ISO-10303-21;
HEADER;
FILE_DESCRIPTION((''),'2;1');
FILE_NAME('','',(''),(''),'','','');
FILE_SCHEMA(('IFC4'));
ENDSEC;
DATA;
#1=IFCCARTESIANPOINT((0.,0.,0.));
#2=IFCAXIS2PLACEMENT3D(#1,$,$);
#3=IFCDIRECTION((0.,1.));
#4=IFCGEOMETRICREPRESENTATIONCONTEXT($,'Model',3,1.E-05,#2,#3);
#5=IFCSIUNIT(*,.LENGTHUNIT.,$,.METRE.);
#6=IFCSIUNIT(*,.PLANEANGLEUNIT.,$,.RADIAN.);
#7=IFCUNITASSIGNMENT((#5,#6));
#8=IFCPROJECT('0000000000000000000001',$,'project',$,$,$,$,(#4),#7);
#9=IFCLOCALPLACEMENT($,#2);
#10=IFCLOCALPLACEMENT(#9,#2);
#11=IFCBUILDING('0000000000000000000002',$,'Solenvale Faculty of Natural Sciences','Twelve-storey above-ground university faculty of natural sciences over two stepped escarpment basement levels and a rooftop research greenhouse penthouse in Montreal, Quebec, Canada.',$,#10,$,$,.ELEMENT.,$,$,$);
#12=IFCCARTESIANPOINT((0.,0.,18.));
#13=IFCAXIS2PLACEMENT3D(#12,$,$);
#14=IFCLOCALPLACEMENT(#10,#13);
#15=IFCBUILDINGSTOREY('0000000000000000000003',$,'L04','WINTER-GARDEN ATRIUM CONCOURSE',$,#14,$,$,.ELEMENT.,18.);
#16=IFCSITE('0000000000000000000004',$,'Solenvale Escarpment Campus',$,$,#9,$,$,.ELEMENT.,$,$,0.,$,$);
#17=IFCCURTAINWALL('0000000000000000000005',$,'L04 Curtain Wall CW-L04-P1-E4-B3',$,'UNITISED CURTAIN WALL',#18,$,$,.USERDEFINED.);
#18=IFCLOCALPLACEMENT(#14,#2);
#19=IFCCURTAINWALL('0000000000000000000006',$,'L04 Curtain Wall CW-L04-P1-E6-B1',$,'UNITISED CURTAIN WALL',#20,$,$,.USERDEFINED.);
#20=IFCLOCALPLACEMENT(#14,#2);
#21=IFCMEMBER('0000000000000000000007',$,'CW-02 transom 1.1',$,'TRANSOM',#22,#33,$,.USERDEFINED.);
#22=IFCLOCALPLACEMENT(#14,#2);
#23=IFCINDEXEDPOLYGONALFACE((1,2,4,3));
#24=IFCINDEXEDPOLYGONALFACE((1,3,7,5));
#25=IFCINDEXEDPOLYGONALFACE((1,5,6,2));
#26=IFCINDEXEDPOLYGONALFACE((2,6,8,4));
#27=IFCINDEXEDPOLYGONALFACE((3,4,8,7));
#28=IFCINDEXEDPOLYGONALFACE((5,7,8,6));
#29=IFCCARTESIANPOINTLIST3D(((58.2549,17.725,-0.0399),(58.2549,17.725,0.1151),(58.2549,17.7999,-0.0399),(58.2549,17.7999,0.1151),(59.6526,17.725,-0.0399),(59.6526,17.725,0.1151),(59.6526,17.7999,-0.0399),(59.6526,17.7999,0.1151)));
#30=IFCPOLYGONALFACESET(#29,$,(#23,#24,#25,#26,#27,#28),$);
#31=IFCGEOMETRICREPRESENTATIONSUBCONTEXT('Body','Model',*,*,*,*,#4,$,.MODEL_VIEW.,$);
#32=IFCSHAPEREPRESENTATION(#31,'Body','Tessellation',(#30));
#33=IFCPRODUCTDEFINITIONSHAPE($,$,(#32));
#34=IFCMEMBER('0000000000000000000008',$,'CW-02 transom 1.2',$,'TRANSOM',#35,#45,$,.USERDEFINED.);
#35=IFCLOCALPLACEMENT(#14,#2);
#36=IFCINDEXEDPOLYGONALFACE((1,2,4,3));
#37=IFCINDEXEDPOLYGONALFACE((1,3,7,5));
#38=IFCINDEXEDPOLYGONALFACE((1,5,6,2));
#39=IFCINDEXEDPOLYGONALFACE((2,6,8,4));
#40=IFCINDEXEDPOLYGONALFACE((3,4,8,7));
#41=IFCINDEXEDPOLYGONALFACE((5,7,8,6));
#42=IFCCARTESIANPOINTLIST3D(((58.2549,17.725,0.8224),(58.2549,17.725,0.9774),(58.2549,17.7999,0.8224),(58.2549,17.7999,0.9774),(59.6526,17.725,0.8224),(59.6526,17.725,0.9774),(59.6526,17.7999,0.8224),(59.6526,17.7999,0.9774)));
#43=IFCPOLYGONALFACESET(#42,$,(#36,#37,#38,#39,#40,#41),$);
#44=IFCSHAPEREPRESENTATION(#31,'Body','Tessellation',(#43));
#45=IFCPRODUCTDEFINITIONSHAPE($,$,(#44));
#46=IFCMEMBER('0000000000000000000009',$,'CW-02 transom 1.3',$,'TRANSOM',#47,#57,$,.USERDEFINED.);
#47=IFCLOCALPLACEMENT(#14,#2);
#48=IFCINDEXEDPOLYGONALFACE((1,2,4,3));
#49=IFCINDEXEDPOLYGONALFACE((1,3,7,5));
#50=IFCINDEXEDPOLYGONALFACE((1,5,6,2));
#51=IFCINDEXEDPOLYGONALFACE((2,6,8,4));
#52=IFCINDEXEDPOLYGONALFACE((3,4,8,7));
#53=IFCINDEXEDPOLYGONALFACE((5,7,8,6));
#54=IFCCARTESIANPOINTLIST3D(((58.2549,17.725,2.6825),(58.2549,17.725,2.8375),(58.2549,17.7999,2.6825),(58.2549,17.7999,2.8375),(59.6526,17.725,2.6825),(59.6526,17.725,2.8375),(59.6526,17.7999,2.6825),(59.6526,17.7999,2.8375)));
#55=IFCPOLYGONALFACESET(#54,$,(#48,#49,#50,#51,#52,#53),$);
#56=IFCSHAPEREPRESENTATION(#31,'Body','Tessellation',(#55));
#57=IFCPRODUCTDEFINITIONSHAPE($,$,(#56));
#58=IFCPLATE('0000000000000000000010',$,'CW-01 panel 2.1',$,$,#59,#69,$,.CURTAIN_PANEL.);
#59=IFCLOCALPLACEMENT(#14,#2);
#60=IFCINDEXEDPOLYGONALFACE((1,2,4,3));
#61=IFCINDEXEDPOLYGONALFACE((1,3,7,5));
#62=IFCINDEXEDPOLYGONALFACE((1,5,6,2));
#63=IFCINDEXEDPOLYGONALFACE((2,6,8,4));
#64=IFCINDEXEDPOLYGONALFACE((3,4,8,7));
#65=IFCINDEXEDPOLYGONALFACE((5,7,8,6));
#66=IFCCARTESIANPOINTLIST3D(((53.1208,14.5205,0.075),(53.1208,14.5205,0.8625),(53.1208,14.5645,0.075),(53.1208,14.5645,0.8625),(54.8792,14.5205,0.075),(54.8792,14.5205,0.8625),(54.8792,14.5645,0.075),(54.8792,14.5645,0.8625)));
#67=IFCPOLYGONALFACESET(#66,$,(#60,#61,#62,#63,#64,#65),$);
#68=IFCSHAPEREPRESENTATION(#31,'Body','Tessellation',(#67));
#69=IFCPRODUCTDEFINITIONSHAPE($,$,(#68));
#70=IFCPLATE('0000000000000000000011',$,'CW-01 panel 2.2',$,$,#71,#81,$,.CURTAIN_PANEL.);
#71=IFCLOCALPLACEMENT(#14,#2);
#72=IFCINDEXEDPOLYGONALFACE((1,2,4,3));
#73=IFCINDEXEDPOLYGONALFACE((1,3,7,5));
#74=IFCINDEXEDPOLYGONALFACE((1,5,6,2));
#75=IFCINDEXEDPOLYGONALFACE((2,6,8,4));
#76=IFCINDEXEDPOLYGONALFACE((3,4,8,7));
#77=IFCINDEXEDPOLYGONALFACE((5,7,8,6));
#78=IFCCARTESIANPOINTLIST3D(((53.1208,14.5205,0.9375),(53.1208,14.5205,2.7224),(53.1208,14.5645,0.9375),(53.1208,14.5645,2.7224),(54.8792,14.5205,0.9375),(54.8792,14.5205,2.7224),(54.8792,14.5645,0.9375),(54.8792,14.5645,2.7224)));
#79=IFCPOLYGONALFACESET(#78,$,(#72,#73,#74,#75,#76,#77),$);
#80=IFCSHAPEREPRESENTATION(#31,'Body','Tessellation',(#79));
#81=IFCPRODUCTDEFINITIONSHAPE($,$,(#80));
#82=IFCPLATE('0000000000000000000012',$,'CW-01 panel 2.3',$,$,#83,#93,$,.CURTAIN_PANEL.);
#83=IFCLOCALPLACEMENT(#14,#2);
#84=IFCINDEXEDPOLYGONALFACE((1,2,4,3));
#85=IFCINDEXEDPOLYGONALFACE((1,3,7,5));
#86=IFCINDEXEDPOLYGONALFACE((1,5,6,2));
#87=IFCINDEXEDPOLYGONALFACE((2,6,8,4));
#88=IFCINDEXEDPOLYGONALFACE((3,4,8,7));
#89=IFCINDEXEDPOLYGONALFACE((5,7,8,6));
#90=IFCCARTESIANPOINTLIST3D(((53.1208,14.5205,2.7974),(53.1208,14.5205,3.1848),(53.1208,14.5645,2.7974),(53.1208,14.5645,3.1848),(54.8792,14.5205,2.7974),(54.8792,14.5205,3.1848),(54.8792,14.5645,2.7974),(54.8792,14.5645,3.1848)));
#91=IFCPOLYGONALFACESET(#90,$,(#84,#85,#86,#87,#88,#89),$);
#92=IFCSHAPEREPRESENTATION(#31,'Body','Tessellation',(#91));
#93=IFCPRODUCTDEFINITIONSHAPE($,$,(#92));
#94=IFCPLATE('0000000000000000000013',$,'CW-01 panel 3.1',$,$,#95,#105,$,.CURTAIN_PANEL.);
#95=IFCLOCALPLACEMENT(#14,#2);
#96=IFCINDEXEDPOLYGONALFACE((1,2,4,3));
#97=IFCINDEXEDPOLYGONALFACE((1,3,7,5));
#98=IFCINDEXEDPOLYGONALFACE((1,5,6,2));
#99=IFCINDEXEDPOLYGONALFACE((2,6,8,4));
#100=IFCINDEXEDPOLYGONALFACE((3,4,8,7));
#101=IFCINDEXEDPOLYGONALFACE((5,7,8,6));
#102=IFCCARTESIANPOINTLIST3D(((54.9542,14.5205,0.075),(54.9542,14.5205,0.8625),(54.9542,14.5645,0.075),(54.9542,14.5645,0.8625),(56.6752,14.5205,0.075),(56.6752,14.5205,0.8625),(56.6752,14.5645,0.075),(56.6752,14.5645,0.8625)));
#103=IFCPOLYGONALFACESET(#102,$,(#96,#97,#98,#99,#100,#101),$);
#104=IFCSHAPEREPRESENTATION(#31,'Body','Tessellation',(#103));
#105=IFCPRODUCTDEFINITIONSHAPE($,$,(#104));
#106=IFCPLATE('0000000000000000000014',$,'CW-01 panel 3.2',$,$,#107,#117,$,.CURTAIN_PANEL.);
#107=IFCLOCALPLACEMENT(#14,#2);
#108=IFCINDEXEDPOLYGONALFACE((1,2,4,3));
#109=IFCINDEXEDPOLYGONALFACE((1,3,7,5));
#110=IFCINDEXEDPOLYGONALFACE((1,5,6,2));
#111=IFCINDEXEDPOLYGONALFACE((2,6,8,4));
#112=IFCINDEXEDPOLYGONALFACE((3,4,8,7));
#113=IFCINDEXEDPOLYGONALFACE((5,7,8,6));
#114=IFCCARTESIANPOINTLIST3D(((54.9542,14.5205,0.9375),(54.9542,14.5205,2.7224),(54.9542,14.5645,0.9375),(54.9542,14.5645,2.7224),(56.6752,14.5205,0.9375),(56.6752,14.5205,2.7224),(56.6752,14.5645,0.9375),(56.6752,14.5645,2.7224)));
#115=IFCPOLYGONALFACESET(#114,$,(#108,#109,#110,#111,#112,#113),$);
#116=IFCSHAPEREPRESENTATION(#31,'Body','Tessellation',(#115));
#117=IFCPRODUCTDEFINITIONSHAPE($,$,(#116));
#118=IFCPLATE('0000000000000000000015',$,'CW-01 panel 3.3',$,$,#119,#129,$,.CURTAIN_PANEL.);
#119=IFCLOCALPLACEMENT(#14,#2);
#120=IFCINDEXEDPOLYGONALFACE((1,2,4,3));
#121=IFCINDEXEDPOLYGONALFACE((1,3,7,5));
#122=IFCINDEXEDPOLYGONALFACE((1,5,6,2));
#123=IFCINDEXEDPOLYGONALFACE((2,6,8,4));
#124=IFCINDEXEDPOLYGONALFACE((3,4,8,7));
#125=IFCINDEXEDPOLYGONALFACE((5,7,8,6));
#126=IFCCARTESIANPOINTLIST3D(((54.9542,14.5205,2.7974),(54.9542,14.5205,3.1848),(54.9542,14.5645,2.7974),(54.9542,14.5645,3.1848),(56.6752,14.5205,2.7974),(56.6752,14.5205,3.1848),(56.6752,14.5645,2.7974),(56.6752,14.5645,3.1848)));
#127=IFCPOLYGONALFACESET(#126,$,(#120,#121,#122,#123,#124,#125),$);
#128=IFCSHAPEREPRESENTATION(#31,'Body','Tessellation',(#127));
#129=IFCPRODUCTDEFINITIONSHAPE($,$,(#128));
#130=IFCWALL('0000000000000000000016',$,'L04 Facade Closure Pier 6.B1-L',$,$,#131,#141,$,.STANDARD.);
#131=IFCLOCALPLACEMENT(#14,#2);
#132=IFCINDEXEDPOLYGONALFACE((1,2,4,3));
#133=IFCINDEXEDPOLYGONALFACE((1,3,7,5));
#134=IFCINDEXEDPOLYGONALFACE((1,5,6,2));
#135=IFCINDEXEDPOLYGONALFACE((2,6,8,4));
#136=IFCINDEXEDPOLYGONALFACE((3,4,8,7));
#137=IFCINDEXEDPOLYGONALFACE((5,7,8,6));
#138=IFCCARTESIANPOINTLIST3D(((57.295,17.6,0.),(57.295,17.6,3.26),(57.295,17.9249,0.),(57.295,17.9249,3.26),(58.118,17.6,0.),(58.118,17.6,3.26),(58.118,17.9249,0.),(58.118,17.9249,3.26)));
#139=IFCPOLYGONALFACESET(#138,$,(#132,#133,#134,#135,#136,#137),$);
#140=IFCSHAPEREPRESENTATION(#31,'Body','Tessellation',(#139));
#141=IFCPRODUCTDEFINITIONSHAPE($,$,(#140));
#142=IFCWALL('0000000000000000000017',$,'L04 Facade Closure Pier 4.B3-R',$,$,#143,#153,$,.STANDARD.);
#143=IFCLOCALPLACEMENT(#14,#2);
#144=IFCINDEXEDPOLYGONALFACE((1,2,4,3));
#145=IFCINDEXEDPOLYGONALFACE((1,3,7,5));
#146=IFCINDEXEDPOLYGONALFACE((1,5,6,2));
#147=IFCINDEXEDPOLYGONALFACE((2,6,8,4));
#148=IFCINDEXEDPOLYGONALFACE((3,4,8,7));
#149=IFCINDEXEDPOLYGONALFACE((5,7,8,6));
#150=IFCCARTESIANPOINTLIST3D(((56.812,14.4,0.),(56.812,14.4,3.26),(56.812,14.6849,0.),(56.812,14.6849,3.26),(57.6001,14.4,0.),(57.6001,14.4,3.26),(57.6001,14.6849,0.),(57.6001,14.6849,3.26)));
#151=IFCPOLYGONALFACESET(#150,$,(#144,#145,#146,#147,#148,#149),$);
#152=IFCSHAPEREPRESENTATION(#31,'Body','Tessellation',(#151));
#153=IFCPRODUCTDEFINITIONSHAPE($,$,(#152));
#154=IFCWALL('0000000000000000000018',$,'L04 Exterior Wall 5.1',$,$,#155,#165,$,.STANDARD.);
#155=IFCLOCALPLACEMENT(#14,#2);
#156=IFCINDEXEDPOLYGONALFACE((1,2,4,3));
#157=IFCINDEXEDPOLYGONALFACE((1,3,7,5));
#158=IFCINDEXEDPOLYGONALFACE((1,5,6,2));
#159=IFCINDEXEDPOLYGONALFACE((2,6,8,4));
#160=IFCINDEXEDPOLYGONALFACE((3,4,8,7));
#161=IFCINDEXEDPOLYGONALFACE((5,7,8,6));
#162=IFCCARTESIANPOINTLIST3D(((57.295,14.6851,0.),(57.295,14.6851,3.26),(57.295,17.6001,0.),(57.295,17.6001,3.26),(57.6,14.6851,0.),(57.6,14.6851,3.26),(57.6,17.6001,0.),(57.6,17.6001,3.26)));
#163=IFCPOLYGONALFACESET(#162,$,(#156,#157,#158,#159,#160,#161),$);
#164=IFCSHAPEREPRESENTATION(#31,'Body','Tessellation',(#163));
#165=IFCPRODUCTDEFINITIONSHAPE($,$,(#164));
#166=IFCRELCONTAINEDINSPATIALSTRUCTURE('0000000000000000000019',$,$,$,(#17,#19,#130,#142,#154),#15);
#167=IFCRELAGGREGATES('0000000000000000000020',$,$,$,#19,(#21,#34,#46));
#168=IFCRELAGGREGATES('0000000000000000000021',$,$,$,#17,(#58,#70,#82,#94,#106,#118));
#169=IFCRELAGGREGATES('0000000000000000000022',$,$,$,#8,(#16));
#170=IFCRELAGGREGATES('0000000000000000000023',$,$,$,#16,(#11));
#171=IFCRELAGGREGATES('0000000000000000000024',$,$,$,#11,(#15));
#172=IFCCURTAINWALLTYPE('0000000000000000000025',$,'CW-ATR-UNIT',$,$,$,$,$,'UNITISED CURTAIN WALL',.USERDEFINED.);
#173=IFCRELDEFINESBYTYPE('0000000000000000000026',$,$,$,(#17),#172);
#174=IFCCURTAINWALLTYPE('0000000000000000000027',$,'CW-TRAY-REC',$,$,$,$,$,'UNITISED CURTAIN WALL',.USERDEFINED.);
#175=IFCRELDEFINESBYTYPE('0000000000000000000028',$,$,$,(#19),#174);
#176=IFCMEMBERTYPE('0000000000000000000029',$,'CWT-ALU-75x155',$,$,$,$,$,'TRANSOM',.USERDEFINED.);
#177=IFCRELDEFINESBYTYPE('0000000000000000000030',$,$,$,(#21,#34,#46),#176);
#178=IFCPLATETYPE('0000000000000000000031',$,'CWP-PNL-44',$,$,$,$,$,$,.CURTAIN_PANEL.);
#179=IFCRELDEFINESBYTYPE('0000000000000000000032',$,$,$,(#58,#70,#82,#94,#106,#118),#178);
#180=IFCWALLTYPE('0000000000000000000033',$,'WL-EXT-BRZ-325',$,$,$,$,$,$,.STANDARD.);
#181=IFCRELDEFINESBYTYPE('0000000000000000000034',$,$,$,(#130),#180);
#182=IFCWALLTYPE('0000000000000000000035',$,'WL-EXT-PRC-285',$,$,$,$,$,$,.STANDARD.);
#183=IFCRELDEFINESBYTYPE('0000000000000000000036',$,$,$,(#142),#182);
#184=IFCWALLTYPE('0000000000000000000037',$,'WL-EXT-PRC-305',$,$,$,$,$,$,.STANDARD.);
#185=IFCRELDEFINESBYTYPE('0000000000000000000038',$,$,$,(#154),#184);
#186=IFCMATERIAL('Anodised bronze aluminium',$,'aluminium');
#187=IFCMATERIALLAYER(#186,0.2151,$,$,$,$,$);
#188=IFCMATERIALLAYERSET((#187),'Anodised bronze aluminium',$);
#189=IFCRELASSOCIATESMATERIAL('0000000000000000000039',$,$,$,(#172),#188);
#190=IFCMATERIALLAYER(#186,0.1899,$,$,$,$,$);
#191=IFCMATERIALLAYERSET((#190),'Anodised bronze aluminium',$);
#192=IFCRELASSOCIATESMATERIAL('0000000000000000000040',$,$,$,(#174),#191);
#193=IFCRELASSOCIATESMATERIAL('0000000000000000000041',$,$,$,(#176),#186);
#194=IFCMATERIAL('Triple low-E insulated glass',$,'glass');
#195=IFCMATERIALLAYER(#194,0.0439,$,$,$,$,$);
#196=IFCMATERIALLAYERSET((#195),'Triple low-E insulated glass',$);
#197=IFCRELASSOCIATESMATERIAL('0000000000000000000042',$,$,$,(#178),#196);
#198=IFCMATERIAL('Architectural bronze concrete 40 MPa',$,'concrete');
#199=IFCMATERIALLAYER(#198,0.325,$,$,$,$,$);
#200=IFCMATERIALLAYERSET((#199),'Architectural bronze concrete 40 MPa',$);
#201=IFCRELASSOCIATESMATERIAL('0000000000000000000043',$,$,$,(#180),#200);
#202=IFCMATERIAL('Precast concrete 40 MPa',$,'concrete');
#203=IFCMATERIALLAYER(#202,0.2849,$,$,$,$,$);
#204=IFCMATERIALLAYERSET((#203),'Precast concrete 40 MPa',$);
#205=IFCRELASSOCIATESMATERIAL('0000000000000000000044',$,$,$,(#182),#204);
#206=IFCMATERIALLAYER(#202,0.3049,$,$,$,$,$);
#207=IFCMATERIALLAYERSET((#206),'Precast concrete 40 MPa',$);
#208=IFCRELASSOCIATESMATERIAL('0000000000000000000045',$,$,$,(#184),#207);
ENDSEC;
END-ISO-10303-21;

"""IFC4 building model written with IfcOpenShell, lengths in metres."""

from ifc_helpers import new_model, si_unit, direction, frame, frame_2d, origin, origin_2d, place, context, subcontext, project, spatial, rectangle, extrude, material, layer, layer_set, material_profile, profile_set, type_object, element, aggregate, save


model = new_model("IFC4")

# Units and contexts
model_context = context("Model", 3, precision=1e-05, world=origin(), true_north=direction((0.0, 1.0)))
body_context = subcontext(model_context, "Body", "Model", "MODEL_VIEW")
ifc_project = project(units=[si_unit("LENGTHUNIT", "METRE"), si_unit("PLANEANGLEUNIT", "RADIAN")], contexts=[model_context])

# Site, building, storey
site_placement = place(None, origin())
site = spatial("IfcSite", under=ifc_project, at=site_placement, Name="Solenvale Escarpment Campus", CompositionType="ELEMENT", RefElevation=0.0)
building_placement = place(site_placement, origin())
building = spatial("IfcBuilding", under=site, at=building_placement, Name="Solenvale Faculty of Natural Sciences", Description="Twelve-storey above-ground university faculty of natural sciences over two stepped escarpment basement levels and a rooftop research greenhouse penthouse in Montreal, Quebec, Canada.", CompositionType="ELEMENT")
storey_placement = place(building_placement, frame((0.0, 0.0, 18.0)))
storey = spatial("IfcBuildingStorey", under=building, at=storey_placement, Name="L04", Description="WINTER-GARDEN ATRIUM CONCOURSE", CompositionType="ELEMENT", Elevation=18.0)

# Shared definitions
ifc_material_1 = material(Name="Architectural bronze concrete 40 MPa", Category="concrete")

# Curtain wall
ifc_material_2 = material(Name="Anodised bronze aluminium", Category="aluminium")
ifc_layer_1 = layer(ifc_material_2, 0.2151)
ifc_layer_set_1 = layer_set([ifc_layer_1], Name="Anodised bronze aluminium")
curtain_wall_type_1 = type_object("IfcCurtainWallType", Name="CW-ATR-UNIT", ElementType="UNITISED CURTAIN WALL", PredefinedType="USERDEFINED", material=ifc_layer_set_1)
curtain_wall_1_placement = place(storey_placement, origin())
curtain_wall_1 = element("IfcCurtainWall", 1, at=curtain_wall_1_placement, inside=storey, type_object=curtain_wall_type_1, Name="L04 Curtain Wall CW-L04-P1-E4-B3", ObjectType="UNITISED CURTAIN WALL", PredefinedType="USERDEFINED")

# Curtain wall
ifc_layer_2 = layer(ifc_material_2, 0.1899)
ifc_layer_set_2 = layer_set([ifc_layer_2], Name="Anodised bronze aluminium")
curtain_wall_type_2 = type_object("IfcCurtainWallType", Name="CW-TRAY-REC", ElementType="UNITISED CURTAIN WALL", PredefinedType="USERDEFINED", material=ifc_layer_set_2)
curtain_wall_2_placement = place(storey_placement, origin())
curtain_wall_2 = element("IfcCurtainWall", 2, at=curtain_wall_2_placement, inside=storey, type_object=curtain_wall_type_2, Name="L04 Curtain Wall CW-L04-P1-E6-B1", ObjectType="UNITISED CURTAIN WALL", PredefinedType="USERDEFINED")

# Members
ifc_material_profile_1 = material_profile(ifc_material_2, rectangle(XDim=0.075, YDim=0.155, at=origin_2d()), Name="ALU-TRN-75x155")
ifc_profile_set_1 = profile_set([ifc_material_profile_1], Name="Anodised bronze aluminium")
member_type_1 = type_object("IfcMemberType", Name="CWT-ALU-75x155", ElementType="TRANSOM", PredefinedType="USERDEFINED", material=ifc_profile_set_1)
member_1_placement = place(storey_placement, frame((58.2549, 17.7625, 0.0376), z_axis=(1.0, 0.0, 0.0), x_axis=(0.0, 1.0, 0.0)))
member_1 = element("IfcMember", 3, at=member_1_placement, type_object=member_type_1, Name="CW-02 transom 1.1", ObjectType="TRANSOM", PredefinedType="USERDEFINED", context=body_context, shape_type="SweptSolid", body=[
    extrude(rectangle(XDim=0.075, YDim=0.155, at=origin_2d()), origin(), (0.0, 0.0, 1.0), 1.3977),
])
member_2_placement = place(storey_placement, frame((58.2549, 17.7625, 0.8999), z_axis=(1.0, 0.0, 0.0), x_axis=(0.0, 1.0, 0.0)))
member_2 = element("IfcMember", 4, at=member_2_placement, type_object=member_type_1, Name="CW-02 transom 1.2", ObjectType="TRANSOM", PredefinedType="USERDEFINED", context=body_context, shape_type="SweptSolid", body=[
    extrude(rectangle(XDim=0.075, YDim=0.155, at=origin_2d()), origin(), (0.0, 0.0, 1.0), 1.3977),
])
member_3_placement = place(storey_placement, frame((58.2549, 17.7625, 2.76), z_axis=(1.0, 0.0, 0.0), x_axis=(0.0, 1.0, 0.0)))
member_3 = element("IfcMember", 5, at=member_3_placement, type_object=member_type_1, Name="CW-02 transom 1.3", ObjectType="TRANSOM", PredefinedType="USERDEFINED", context=body_context, shape_type="SweptSolid", body=[
    extrude(rectangle(XDim=0.075, YDim=0.155, at=origin_2d()), origin(), (0.0, 0.0, 1.0), 1.3977),
])
aggregate(curtain_wall_2, [member_1, member_2, member_3])

# Plates
ifc_material_3 = material(Name="Triple low-E insulated glass", Category="glass")
ifc_layer_3 = layer(ifc_material_3, 0.0439)
ifc_layer_set_3 = layer_set([ifc_layer_3], Name="Triple low-E insulated glass")
plate_type = type_object("IfcPlateType", Name="CWP-PNL-44", PredefinedType="CURTAIN_PANEL", material=ifc_layer_set_3)
plate_1_placement = place(storey_placement, frame((54.0, 14.5425, 0.075), z_axis=(0.0, 0.0, 1.0), x_axis=(1.0, 0.0, 0.0)))
plate_1 = element("IfcPlate", 6, at=plate_1_placement, type_object=plate_type, Name="CW-01 panel 2.1", PredefinedType="CURTAIN_PANEL", context=body_context, shape_type="SweptSolid", body=[
    extrude(rectangle(XDim=1.7583, YDim=0.0439, at=origin_2d()), origin(), (0.0, 0.0, 1.0), 0.7876),
])
plate_2_placement = place(storey_placement, frame((54.0, 14.5425, 0.9375), z_axis=(0.0, 0.0, 1.0), x_axis=(1.0, 0.0, 0.0)))
plate_2 = element("IfcPlate", 7, at=plate_2_placement, type_object=plate_type, Name="CW-01 panel 2.2", PredefinedType="CURTAIN_PANEL", context=body_context, shape_type="SweptSolid", body=[
    extrude(rectangle(XDim=1.7583, YDim=0.0439, at=origin_2d()), origin(), (0.0, 0.0, 1.0), 1.7849),
])
plate_3_placement = place(storey_placement, frame((54.0, 14.5425, 2.7974), z_axis=(0.0, 0.0, 1.0), x_axis=(1.0, 0.0, 0.0)))
plate_3 = element("IfcPlate", 8, at=plate_3_placement, type_object=plate_type, Name="CW-01 panel 2.3", PredefinedType="CURTAIN_PANEL", context=body_context, shape_type="SweptSolid", body=[
    extrude(rectangle(XDim=1.7583, YDim=0.0439, at=origin_2d()), origin(), (0.0, 0.0, 1.0), 0.3875),
])
plate_4_placement = place(storey_placement, frame((55.8147, 14.5425, 0.075), z_axis=(0.0, 0.0, 1.0), x_axis=(1.0, 0.0, 0.0)))
plate_4 = element("IfcPlate", 9, at=plate_4_placement, type_object=plate_type, Name="CW-01 panel 3.1", PredefinedType="CURTAIN_PANEL", context=body_context, shape_type="SweptSolid", body=[
    extrude(rectangle(XDim=1.7209, YDim=0.0439, at=origin_2d()), origin(), (0.0, 0.0, 1.0), 0.7876),
])
plate_5_placement = place(storey_placement, frame((55.8147, 14.5425, 0.9375), z_axis=(0.0, 0.0, 1.0), x_axis=(1.0, 0.0, 0.0)))
plate_5 = element("IfcPlate", 10, at=plate_5_placement, type_object=plate_type, Name="CW-01 panel 3.2", PredefinedType="CURTAIN_PANEL", context=body_context, shape_type="SweptSolid", body=[
    extrude(rectangle(XDim=1.7209, YDim=0.0439, at=origin_2d()), origin(), (0.0, 0.0, 1.0), 1.7849),
])
plate_6_placement = place(storey_placement, frame((55.8147, 14.5425, 2.7974), z_axis=(0.0, 0.0, 1.0), x_axis=(1.0, 0.0, 0.0)))
plate_6 = element("IfcPlate", 11, at=plate_6_placement, type_object=plate_type, Name="CW-01 panel 3.3", PredefinedType="CURTAIN_PANEL", context=body_context, shape_type="SweptSolid", body=[
    extrude(rectangle(XDim=1.7209, YDim=0.0439, at=origin_2d()), origin(), (0.0, 0.0, 1.0), 0.3875),
])
aggregate(curtain_wall_1, [plate_1, plate_2, plate_3, plate_4, plate_5, plate_6])

# Walls
ifc_layer_4 = layer(ifc_material_1, 0.325)
ifc_layer_set_4 = layer_set([ifc_layer_4], Name="Architectural bronze concrete 40 MPa")
wall_type_1 = type_object("IfcWallType", Name="WL-EXT-BRZ-325", PredefinedType="STANDARD", material=ifc_layer_set_4)
wall_1_placement = place(storey_placement, frame((57.2949, 17.7625, 0.0), z_axis=(0.0, 0.0, 1.0), x_axis=(1.0, 0.0, 0.0)))
element("IfcWall", 12, at=wall_1_placement, inside=storey, type_object=wall_type_1, Name="L04 Facade Closure Pier 6.B1-L", PredefinedType="STANDARD", context=body_context, shape_type="SweptSolid", body=[
    extrude(rectangle(XDim=0.823, YDim=0.325, at=frame_2d((0.4116, 0.0))), origin(), (0.0, 0.0, 1.0), 3.26),
])
ifc_material_4 = material(Name="Precast concrete 40 MPa", Category="concrete")
ifc_layer_5 = layer(ifc_material_4, 0.2849)
ifc_layer_set_5 = layer_set([ifc_layer_5], Name="Precast concrete 40 MPa")
wall_type_2 = type_object("IfcWallType", Name="WL-EXT-PRC-285", PredefinedType="STANDARD", material=ifc_layer_set_5)
wall_2_placement = place(storey_placement, frame((56.812, 14.5425, 0.0), z_axis=(0.0, 0.0, 1.0), x_axis=(1.0, 0.0, 0.0)))
element("IfcWall", 13, at=wall_2_placement, inside=storey, type_object=wall_type_2, Name="L04 Facade Closure Pier 4.B3-R", PredefinedType="STANDARD", context=body_context, shape_type="SweptSolid", body=[
    extrude(rectangle(XDim=0.7881, YDim=0.2849, at=frame_2d((0.394, 0.0))), origin(), (0.0, 0.0, 1.0), 3.26),
])
ifc_layer_6 = layer(ifc_material_4, 0.3049)
ifc_layer_set_6 = layer_set([ifc_layer_6], Name="Precast concrete 40 MPa")
wall_type_3 = type_object("IfcWallType", Name="WL-EXT-PRC-305", PredefinedType="STANDARD", material=ifc_layer_set_6)
wall_3_placement = place(storey_placement, frame((57.4475, 17.6001, 0.0), z_axis=(0.0, 0.0, 1.0), x_axis=(0.0, -1.0, 0.0)))
element("IfcWall", 14, at=wall_3_placement, inside=storey, type_object=wall_type_3, Name="L04 Exterior Wall 5.1", PredefinedType="STANDARD", context=body_context, shape_type="SweptSolid", body=[
    extrude(rectangle(XDim=2.915, YDim=0.3049, at=frame_2d((1.4575, 0.0))), origin(), (0.0, 0.0, 1.0), 3.26),
])

save(model, "model.ifc")
